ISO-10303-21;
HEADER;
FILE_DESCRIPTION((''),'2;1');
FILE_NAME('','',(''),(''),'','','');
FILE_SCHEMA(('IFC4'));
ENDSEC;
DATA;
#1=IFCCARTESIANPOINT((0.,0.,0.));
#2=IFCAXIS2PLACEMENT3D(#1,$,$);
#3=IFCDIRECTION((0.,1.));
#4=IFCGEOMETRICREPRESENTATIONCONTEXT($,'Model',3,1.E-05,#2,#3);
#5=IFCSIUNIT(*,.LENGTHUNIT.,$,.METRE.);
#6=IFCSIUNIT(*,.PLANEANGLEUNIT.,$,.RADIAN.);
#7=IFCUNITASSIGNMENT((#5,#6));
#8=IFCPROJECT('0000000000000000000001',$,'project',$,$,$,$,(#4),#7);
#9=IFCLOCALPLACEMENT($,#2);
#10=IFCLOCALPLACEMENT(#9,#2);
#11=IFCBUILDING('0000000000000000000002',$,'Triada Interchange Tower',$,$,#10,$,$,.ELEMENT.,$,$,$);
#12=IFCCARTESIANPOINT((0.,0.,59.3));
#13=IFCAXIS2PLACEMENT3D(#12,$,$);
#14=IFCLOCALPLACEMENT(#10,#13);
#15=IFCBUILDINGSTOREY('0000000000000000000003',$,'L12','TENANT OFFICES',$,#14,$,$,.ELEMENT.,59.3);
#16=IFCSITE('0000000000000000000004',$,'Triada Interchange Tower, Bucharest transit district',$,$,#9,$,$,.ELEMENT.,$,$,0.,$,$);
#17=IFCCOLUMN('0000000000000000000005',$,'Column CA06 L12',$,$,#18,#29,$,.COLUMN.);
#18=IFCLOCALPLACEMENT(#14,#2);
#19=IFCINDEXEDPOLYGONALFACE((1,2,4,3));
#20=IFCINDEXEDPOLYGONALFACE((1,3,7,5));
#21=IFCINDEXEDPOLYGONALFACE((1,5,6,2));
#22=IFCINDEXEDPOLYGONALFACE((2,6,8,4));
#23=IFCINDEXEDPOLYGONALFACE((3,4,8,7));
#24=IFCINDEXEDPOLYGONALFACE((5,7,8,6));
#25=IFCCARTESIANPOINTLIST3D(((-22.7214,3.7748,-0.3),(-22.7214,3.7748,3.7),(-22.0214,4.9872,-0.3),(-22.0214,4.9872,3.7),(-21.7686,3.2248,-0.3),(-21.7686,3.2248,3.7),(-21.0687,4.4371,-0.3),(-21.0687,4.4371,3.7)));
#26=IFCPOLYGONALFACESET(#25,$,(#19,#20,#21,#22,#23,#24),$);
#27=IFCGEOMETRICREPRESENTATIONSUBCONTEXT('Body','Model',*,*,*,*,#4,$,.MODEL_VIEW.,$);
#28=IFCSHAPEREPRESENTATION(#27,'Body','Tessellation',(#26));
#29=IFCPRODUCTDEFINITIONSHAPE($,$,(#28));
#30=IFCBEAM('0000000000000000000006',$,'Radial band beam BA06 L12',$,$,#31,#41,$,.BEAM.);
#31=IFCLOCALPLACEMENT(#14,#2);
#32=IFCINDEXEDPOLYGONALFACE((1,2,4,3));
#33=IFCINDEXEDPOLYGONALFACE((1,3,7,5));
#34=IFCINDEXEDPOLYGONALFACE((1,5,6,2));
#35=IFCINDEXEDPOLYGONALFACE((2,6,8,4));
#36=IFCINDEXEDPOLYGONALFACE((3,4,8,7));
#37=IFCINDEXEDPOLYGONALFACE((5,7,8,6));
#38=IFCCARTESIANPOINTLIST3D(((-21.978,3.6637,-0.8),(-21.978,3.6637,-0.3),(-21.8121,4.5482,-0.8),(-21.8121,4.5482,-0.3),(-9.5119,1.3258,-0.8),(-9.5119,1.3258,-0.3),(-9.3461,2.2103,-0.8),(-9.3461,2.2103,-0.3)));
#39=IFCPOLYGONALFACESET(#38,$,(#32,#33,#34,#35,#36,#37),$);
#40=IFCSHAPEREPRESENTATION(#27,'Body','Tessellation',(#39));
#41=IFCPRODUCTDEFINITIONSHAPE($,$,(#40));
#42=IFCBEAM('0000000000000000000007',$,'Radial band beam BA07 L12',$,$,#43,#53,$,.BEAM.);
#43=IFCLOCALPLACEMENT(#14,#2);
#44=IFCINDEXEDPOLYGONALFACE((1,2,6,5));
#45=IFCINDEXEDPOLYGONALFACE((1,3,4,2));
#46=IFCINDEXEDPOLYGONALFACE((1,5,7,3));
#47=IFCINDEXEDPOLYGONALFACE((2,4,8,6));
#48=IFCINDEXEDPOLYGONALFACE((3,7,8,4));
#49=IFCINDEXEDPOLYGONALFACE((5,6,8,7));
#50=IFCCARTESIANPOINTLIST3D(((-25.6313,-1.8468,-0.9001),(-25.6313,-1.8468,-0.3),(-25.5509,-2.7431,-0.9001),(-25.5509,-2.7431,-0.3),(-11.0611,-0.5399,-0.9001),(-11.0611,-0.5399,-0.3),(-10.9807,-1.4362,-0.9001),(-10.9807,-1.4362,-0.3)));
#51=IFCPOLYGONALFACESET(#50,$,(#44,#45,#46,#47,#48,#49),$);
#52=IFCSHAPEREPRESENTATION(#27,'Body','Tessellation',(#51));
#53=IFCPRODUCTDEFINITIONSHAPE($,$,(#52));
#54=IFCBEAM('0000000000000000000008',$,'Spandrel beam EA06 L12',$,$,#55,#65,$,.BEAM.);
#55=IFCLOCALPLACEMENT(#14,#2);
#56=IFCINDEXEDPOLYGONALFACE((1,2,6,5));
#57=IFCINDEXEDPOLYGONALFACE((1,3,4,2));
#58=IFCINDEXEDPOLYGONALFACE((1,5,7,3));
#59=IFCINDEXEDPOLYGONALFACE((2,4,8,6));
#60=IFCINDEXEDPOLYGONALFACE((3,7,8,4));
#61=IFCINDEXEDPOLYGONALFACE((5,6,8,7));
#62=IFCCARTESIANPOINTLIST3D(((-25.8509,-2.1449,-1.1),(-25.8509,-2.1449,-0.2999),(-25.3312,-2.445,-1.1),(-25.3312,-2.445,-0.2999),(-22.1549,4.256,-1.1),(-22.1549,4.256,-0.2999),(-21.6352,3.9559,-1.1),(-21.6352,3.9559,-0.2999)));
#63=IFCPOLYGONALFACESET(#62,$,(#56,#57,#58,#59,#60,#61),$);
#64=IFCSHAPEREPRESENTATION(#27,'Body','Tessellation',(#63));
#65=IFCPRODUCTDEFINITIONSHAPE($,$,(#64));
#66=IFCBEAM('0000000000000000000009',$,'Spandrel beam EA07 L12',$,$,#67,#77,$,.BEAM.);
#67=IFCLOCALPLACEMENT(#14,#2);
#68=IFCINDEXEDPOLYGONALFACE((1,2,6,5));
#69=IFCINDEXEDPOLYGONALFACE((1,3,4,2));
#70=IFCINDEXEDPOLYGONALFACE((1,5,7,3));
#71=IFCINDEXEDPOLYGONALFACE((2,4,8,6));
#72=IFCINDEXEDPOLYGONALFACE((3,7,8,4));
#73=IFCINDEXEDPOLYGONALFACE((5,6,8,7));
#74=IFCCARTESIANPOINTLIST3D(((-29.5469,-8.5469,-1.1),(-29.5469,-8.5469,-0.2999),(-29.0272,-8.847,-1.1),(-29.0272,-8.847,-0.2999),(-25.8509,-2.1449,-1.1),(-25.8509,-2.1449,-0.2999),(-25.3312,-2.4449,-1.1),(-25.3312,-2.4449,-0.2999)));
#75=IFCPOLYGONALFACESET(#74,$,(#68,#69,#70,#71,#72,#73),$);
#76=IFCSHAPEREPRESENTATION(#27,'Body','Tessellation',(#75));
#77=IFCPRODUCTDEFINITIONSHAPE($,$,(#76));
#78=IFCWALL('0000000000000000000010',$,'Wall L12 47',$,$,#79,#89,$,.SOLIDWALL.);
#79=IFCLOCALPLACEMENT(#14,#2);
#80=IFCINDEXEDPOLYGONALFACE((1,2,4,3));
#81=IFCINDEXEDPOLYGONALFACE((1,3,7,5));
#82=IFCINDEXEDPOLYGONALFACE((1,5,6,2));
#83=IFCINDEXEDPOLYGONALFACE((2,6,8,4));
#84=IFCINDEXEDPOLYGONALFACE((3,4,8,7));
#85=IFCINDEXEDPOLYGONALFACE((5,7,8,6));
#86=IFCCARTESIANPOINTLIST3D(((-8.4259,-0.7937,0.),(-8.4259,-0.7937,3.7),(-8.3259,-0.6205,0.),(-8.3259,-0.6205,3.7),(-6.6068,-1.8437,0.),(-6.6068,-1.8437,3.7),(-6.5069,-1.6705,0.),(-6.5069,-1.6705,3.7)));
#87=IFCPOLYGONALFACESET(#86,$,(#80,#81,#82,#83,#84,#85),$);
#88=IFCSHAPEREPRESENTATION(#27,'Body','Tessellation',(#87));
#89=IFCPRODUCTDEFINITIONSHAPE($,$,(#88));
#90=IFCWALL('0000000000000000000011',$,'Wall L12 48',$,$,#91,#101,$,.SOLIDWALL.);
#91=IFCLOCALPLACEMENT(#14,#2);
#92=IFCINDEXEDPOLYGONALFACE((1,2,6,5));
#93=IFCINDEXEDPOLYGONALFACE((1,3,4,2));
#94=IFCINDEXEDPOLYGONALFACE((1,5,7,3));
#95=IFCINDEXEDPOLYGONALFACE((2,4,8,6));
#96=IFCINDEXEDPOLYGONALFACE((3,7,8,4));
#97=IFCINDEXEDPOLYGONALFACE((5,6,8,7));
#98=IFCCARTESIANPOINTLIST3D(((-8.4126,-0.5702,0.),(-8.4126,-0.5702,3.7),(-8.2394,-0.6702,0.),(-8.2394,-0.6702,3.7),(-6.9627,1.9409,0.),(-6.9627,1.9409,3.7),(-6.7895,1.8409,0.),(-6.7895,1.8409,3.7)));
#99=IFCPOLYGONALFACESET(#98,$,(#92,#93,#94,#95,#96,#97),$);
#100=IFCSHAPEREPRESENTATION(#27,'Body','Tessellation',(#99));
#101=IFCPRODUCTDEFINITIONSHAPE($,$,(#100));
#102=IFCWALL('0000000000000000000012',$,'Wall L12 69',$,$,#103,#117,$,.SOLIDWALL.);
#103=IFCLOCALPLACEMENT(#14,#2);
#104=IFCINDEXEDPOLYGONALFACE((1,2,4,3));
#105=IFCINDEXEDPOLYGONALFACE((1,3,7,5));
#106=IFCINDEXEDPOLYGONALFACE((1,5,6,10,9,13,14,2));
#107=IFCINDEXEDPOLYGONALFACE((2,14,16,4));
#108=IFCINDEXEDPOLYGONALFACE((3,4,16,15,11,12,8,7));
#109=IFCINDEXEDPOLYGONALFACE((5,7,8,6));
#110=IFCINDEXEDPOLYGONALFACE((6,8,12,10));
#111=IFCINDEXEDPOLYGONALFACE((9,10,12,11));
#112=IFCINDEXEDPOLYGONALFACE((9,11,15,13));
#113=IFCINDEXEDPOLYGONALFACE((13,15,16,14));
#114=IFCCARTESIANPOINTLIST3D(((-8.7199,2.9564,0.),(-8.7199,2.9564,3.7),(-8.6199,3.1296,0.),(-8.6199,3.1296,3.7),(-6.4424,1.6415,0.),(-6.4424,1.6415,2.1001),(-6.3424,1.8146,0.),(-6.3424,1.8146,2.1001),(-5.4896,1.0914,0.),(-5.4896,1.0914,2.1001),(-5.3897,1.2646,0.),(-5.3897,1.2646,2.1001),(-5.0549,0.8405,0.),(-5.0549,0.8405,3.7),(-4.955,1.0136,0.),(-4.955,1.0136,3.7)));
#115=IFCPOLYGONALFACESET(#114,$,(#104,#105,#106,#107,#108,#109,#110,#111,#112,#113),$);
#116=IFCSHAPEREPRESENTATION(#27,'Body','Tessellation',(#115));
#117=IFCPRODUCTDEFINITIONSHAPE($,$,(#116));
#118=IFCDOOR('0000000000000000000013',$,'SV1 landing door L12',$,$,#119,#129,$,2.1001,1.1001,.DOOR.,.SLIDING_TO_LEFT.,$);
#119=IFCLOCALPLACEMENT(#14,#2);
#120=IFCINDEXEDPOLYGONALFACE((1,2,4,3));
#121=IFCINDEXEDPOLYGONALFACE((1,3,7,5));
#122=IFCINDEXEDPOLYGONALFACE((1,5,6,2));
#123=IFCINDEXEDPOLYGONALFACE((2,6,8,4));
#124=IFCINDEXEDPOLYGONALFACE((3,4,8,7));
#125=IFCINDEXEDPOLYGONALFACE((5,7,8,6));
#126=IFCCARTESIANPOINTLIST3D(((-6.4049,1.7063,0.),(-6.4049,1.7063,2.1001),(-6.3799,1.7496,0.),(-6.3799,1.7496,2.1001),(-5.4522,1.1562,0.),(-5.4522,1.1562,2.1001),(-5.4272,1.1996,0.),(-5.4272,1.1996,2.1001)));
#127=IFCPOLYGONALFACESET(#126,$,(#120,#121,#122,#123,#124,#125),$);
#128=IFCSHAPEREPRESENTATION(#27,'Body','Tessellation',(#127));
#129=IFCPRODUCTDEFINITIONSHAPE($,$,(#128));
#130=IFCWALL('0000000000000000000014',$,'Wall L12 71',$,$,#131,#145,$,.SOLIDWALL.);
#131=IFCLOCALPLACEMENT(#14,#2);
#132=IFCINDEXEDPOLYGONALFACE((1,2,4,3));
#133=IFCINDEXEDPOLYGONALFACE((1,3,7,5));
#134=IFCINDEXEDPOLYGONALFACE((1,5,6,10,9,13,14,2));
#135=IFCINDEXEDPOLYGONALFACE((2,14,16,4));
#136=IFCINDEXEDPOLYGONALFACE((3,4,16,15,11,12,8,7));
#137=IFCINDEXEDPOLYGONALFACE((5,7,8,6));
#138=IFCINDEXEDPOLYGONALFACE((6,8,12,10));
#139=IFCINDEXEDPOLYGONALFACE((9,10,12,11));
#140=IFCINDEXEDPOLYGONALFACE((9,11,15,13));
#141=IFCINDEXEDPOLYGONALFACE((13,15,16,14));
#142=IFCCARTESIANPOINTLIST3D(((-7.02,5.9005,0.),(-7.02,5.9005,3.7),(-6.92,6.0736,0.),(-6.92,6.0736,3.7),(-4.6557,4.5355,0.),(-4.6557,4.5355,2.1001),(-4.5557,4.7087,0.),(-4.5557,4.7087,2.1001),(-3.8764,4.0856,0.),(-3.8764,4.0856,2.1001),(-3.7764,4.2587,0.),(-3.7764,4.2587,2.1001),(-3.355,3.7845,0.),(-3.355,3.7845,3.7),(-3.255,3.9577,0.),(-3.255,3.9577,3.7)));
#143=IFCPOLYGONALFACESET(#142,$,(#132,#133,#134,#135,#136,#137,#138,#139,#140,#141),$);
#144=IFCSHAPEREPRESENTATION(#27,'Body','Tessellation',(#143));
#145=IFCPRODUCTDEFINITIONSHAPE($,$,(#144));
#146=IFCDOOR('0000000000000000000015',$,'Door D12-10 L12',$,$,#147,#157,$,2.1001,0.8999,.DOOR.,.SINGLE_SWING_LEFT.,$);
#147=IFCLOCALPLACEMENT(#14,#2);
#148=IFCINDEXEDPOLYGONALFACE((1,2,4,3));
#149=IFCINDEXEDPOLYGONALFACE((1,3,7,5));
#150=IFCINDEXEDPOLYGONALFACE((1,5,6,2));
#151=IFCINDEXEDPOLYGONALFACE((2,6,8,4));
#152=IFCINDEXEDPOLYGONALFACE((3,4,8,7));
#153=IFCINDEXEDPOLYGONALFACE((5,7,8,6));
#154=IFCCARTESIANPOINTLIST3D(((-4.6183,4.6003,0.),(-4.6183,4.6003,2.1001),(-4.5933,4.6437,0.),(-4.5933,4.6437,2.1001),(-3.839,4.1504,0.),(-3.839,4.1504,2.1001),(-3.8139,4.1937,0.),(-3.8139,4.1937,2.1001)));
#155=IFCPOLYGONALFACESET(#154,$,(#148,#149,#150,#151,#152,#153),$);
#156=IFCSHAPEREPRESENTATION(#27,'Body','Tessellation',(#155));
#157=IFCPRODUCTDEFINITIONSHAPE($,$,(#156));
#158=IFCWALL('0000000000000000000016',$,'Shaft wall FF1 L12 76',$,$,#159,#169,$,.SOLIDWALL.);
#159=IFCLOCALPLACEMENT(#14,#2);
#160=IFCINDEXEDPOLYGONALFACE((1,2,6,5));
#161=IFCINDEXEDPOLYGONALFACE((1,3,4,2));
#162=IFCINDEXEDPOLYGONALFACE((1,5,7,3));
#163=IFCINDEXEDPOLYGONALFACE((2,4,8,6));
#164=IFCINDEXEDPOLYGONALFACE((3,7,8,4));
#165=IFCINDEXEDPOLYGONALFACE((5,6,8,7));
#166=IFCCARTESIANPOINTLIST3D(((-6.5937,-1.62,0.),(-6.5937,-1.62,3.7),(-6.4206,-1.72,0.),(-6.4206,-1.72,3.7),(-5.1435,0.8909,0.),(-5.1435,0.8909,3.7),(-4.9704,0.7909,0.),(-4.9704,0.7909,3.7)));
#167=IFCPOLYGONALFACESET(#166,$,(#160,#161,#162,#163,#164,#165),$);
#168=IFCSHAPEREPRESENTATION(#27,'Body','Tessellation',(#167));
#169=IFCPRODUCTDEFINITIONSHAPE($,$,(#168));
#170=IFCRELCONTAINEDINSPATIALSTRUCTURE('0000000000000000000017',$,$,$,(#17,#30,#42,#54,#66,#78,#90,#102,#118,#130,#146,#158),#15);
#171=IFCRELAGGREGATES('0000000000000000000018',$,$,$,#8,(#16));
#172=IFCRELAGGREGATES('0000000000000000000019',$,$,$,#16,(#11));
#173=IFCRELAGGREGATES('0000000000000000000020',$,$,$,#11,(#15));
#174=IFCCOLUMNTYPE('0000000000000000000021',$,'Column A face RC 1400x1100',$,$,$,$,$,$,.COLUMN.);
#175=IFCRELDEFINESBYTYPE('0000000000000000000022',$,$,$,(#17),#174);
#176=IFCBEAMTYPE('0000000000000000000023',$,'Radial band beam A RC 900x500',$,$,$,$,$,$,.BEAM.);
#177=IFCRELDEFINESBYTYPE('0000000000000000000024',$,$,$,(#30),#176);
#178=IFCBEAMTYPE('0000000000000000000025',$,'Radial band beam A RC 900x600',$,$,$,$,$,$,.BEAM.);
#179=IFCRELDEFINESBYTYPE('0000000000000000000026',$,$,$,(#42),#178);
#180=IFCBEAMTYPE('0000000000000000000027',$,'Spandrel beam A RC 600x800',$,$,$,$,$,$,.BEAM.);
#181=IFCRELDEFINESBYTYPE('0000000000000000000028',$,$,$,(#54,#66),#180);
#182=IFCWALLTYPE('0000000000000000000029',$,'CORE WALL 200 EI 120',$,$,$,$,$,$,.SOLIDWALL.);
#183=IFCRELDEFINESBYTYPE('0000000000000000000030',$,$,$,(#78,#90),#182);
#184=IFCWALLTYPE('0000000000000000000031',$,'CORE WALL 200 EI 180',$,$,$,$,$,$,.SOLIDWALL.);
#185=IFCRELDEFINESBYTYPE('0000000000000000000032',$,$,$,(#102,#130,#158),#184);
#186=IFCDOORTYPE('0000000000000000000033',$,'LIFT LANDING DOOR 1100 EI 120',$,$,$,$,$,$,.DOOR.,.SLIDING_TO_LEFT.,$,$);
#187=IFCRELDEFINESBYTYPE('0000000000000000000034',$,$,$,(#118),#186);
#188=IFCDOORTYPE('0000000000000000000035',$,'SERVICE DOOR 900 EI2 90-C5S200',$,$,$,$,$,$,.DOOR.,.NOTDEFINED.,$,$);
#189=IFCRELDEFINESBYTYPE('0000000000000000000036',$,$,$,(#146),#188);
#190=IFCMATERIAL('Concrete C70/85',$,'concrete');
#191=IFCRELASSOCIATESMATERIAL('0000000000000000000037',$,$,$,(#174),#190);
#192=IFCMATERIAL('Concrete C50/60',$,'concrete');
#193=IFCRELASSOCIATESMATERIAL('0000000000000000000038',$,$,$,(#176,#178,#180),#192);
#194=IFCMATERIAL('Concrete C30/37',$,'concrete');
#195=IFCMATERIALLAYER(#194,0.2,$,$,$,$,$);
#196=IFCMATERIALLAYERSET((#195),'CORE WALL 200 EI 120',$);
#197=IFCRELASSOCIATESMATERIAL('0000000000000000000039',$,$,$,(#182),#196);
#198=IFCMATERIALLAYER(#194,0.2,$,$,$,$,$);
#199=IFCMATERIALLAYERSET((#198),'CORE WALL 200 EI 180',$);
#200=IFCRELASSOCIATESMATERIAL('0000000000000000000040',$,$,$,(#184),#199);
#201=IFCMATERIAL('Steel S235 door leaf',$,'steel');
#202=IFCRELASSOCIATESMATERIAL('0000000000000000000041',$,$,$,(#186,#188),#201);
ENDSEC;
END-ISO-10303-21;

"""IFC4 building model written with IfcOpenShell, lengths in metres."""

from ifc_helpers import new_model, si_unit, direction, frame, frame_2d, origin, origin_2d, place, context, subcontext, project, spatial, rectangle, extrude, material, layer, layer_set, material_profile, profile_set, type_object, element, fill, save


model = new_model("IFC4")

# Units and contexts
model_context = context("Model", 3, precision=1e-05, world=origin(), true_north=direction((0.0, 1.0)))
body_context = subcontext(model_context, "Body", "Model", "MODEL_VIEW")
ifc_project = project(units=[si_unit("LENGTHUNIT", "METRE"), si_unit("PLANEANGLEUNIT", "RADIAN")], contexts=[model_context])

# Site, building, storey
site_placement = place(None, origin())
site = spatial("IfcSite", under=ifc_project, at=site_placement, Name="Triada Interchange Tower, Bucharest transit district", CompositionType="ELEMENT", RefElevation=0.0)
building_placement = place(site_placement, origin())
building = spatial("IfcBuilding", under=site, at=building_placement, Name="Triada Interchange Tower", CompositionType="ELEMENT")
storey_placement = place(building_placement, frame((0.0, 0.0, 59.3)))
storey = spatial("IfcBuildingStorey", under=building, at=storey_placement, Name="L12", Description="TENANT OFFICES", CompositionType="ELEMENT", Elevation=59.3)

# Column
ifc_material_1 = material(Name="Concrete C70/85", Category="concrete")
ifc_material_profile_1 = material_profile(ifc_material_1, rectangle(XDim=1.3999, YDim=1.1001, at=origin_2d()), Name="RC 1400x1100")
ifc_profile_set_1 = profile_set([ifc_material_profile_1], Name="Concrete C70/85")
column_type = type_object("IfcColumnType", Name="Column A face RC 1400x1100", PredefinedType="COLUMN", material=ifc_profile_set_1)
column_placement = place(storey_placement, frame((-21.895, 4.106, -0.3), z_axis=(0.0, 0.0, 1.0), x_axis=(0.5, 0.866025, 0.0)))
element("IfcColumn", 1, at=column_placement, inside=storey, type_object=column_type, Name="Column CA06 L12", PredefinedType="COLUMN", context=body_context, shape_type="SweptSolid", body=[
    extrude(rectangle(XDim=1.3999, YDim=1.1001, at=origin_2d()), origin(), (0.0, 0.0, 1.0), 4.0),
])

# Beams
ifc_material_2 = material(Name="Concrete C50/60", Category="concrete")
ifc_material_profile_2 = material_profile(ifc_material_2, rectangle(XDim=0.8999, YDim=0.5, at=origin_2d()), Name="RC 900x500")
ifc_profile_set_2 = profile_set([ifc_material_profile_2], Name="Concrete C50/60")
beam_type_1 = type_object("IfcBeamType", Name="Radial band beam A RC 900x500", PredefinedType="BEAM", material=ifc_profile_set_2)
beam_1_placement = place(storey_placement, frame((-21.895, 4.106, -0.55), z_axis=(0.982865, -0.184327, 0.0), x_axis=(0.184327, 0.982865, 0.0)))
element("IfcBeam", 2, at=beam_1_placement, inside=storey, type_object=beam_type_1, Name="Radial band beam BA06 L12", PredefinedType="BEAM", context=body_context, shape_type="SweptSolid", body=[
    extrude(rectangle(XDim=0.8999, YDim=0.5, at=origin_2d()), origin(), (0.0, 0.0, 1.0), 12.6833),
])
ifc_material_profile_3 = material_profile(ifc_material_2, rectangle(XDim=0.8999, YDim=0.6001, at=origin_2d()), Name="RC 900x600")
ifc_profile_set_3 = profile_set([ifc_material_profile_3], Name="Concrete C50/60")
beam_type_2 = type_object("IfcBeamType", Name="Radial band beam A RC 900x600", PredefinedType="BEAM", material=ifc_profile_set_3)
beam_2_placement = place(storey_placement, frame((-25.5911, -2.2949, -0.6001), z_axis=(0.996001, 0.089338, 0.0), x_axis=(-0.089338, 0.996001, 0.0)))
element("IfcBeam", 3, at=beam_2_placement, inside=storey, type_object=beam_type_2, Name="Radial band beam BA07 L12", PredefinedType="BEAM", context=body_context, shape_type="SweptSolid", body=[
    extrude(rectangle(XDim=0.8999, YDim=0.6001, at=origin_2d()), origin(), (0.0, 0.0, 1.0), 14.6287),
])
ifc_material_profile_4 = material_profile(ifc_material_2, rectangle(XDim=0.6001, YDim=0.8, at=origin_2d()), Name="RC 600x800")
ifc_profile_set_4 = profile_set([ifc_material_profile_4], Name="Concrete C50/60")
beam_type_3 = type_object("IfcBeamType", Name="Spandrel beam A RC 600x800", PredefinedType="BEAM", material=ifc_profile_set_4)
beam_3_placement = place(storey_placement, frame((-21.895, 4.106, -0.7), z_axis=(-0.50005, -0.865996, 0.0), x_axis=(0.865996, -0.50005, 0.0)))
element("IfcBeam", 4, at=beam_3_placement, inside=storey, type_object=beam_type_3, Name="Spandrel beam EA06 L12", PredefinedType="BEAM", context=body_context, shape_type="SweptSolid", body=[
    extrude(rectangle(XDim=0.6001, YDim=0.8, at=origin_2d()), origin(), (0.0, 0.0, 1.0), 7.3914),
])
beam_4_placement = place(storey_placement, frame((-25.5911, -2.2949, -0.7), z_axis=(-0.499979, -0.866038, 0.0), x_axis=(0.866038, -0.499979, 0.0)))
element("IfcBeam", 5, at=beam_4_placement, inside=storey, type_object=beam_type_3, Name="Spandrel beam EA07 L12", PredefinedType="BEAM", context=body_context, shape_type="SweptSolid", body=[
    extrude(rectangle(XDim=0.6001, YDim=0.8, at=origin_2d()), origin(), (0.0, 0.0, 1.0), 7.3923),
])

# Walls
ifc_material_3 = material(Name="Concrete C30/37", Category="concrete")
ifc_layer_1 = layer(ifc_material_3, 0.2)
ifc_layer_set_1 = layer_set([ifc_layer_1], Name="CORE WALL 200 EI 120")
wall_type_1 = type_object("IfcWallType", Name="CORE WALL 200 EI 120", PredefinedType="SOLIDWALL", material=ifc_layer_set_1)
wall_1_placement = place(storey_placement, frame((-8.376, -0.707, 0.0), z_axis=(0.0, 0.0, 1.0), x_axis=(0.866068, -0.499927, 0.0)))
element("IfcWall", 6, at=wall_1_placement, inside=storey, type_object=wall_type_1, Name="Wall L12 47", PredefinedType="SOLIDWALL", context=body_context, shape_type="SweptSolid", body=[
    extrude(rectangle(XDim=2.1003, YDim=0.2, at=frame_2d((1.0503, 0.0))), origin(), (0.0, 0.0, 1.0), 3.7),
])
wall_2_placement = place(storey_placement, frame((-8.3259, -0.6201, 0.0), z_axis=(0.0, 0.0, 1.0), x_axis=(0.500024, 0.866012, 0.0)))
element("IfcWall", 7, at=wall_2_placement, inside=storey, type_object=wall_type_1, Name="Wall L12 48", PredefinedType="SOLIDWALL", context=body_context, shape_type="SweptSolid", body=[
    extrude(rectangle(XDim=2.8997, YDim=0.2, at=frame_2d((1.4497, 0.0))), origin(), (0.0, 0.0, 1.0), 3.7),
])

# Walls, openings, doors
ifc_layer_2 = layer(ifc_material_3, 0.2)
ifc_layer_set_2 = layer_set([ifc_layer_2], Name="CORE WALL 200 EI 180")
wall_type_2 = type_object("IfcWallType", Name="CORE WALL 200 EI 180", PredefinedType="SOLIDWALL", material=ifc_layer_set_2)
wall_3_placement = place(storey_placement, frame((-8.6699, 3.043, 0.0), z_axis=(0.0, 0.0, 1.0), x_axis=(0.86603, -0.499992, 0.0)))
wall_3 = element("IfcWall", 8, at=wall_3_placement, inside=storey, type_object=wall_type_2, Name="Wall L12 69", PredefinedType="SOLIDWALL", context=body_context, shape_type="SweptSolid", body=[
    extrude(rectangle(XDim=4.2319, YDim=0.2, at=frame_2d((2.116, 0.0))), origin(), (0.0, 0.0, 1.0), 3.7),
])
opening_1_placement = place(wall_3_placement, frame((2.6299, 0.0, 0.0)))
opening_1 = element("IfcOpeningElement", 9, at=opening_1_placement, cuts=wall_3, PredefinedType="OPENING", context=body_context, shape_type="SweptSolid", body=[
    extrude(rectangle(XDim=1.1001, YDim=2.1001, at=frame_2d((0.55, 1.05))), frame((0.0, 0.1099, 0.0), z_axis=(0.0, -1.0, 0.0), x_axis=(1.0, 0.0, 0.0)), (0.0, 0.0, 1.0), 0.22),
])
ifc_material_4 = material(Name="Steel S235 door leaf", Category="steel")
door_type_1 = type_object("IfcDoorType", Name="LIFT LANDING DOOR 1100 EI 120", OperationType="SLIDING_TO_LEFT", PredefinedType="DOOR", material=ifc_material_4)
door_1_placement = place(opening_1_placement, origin())
door_1 = element("IfcDoor", 10, at=door_1_placement, inside=storey, type_object=door_type_1, Name="SV1 landing door L12", OperationType="SLIDING_TO_LEFT", OverallHeight=2.1001, OverallWidth=1.1001, PredefinedType="DOOR", context=body_context, shape_type="SweptSolid", body=[
    extrude(rectangle(XDim=1.1001, YDim=2.1001, at=frame_2d((0.55, 1.05))), frame((0.0, 0.0249, 0.0), z_axis=(0.0, -1.0, 0.0), x_axis=(1.0, 0.0, 0.0)), (0.0, 0.0, 1.0), 0.05),
])
fill(opening_1, door_1)
wall_4_placement = place(storey_placement, frame((-6.97, 5.9871, 0.0), z_axis=(0.0, 0.0, 1.0), x_axis=(0.86603, -0.499992, 0.0)))
wall_4 = element("IfcWall", 11, at=wall_4_placement, inside=storey, type_object=wall_type_2, Name="Wall L12 71", PredefinedType="SOLIDWALL", context=body_context, shape_type="SweptSolid", body=[
    extrude(rectangle(XDim=4.2319, YDim=0.2, at=frame_2d((2.116, 0.0))), origin(), (0.0, 0.0, 1.0), 3.7),
])
opening_2_placement = place(wall_4_placement, frame((2.73, 0.0, 0.0)))
opening_2 = element("IfcOpeningElement", 12, at=opening_2_placement, cuts=wall_4, PredefinedType="OPENING", context=body_context, shape_type="SweptSolid", body=[
    extrude(rectangle(XDim=0.8999, YDim=2.1001, at=frame_2d((0.45, 1.05))), frame((0.0, 0.1099, 0.0), z_axis=(0.0, -1.0, 0.0), x_axis=(1.0, 0.0, 0.0)), (0.0, 0.0, 1.0), 0.22),
])
door_type_2 = type_object("IfcDoorType", Name="SERVICE DOOR 900 EI2 90-C5S200", OperationType="NOTDEFINED", PredefinedType="DOOR", material=ifc_material_4)
door_2_placement = place(opening_2_placement, origin())
door_2 = element("IfcDoor", 13, at=door_2_placement, inside=storey, type_object=door_type_2, Name="Door D12-10 L12", OperationType="SINGLE_SWING_LEFT", OverallHeight=2.1001, OverallWidth=0.8999, PredefinedType="DOOR", context=body_context, shape_type="SweptSolid", body=[
    extrude(rectangle(XDim=0.8999, YDim=2.1001, at=frame_2d((0.45, 1.05))), frame((0.0, 0.0249, 0.0), z_axis=(0.0, -1.0, 0.0), x_axis=(1.0, 0.0, 0.0)), (0.0, 0.0, 1.0), 0.05),
])
fill(opening_2, door_2)

# Wall
wall_5_placement = place(storey_placement, frame((-6.5071, -1.6699, 0.0), z_axis=(0.0, 0.0, 1.0), x_axis=(0.500123, 0.865954, 0.0)))
element("IfcWall", 14, at=wall_5_placement, inside=storey, type_object=wall_type_2, Name="Shaft wall FF1 L12 76", PredefinedType="SOLIDWALL", context=body_context, shape_type="SweptSolid", body=[
    extrude(rectangle(XDim=2.8997, YDim=0.2, at=frame_2d((1.4497, 0.0))), origin(), (0.0, 0.0, 1.0), 3.7),
])

save(model, "model.ifc")
